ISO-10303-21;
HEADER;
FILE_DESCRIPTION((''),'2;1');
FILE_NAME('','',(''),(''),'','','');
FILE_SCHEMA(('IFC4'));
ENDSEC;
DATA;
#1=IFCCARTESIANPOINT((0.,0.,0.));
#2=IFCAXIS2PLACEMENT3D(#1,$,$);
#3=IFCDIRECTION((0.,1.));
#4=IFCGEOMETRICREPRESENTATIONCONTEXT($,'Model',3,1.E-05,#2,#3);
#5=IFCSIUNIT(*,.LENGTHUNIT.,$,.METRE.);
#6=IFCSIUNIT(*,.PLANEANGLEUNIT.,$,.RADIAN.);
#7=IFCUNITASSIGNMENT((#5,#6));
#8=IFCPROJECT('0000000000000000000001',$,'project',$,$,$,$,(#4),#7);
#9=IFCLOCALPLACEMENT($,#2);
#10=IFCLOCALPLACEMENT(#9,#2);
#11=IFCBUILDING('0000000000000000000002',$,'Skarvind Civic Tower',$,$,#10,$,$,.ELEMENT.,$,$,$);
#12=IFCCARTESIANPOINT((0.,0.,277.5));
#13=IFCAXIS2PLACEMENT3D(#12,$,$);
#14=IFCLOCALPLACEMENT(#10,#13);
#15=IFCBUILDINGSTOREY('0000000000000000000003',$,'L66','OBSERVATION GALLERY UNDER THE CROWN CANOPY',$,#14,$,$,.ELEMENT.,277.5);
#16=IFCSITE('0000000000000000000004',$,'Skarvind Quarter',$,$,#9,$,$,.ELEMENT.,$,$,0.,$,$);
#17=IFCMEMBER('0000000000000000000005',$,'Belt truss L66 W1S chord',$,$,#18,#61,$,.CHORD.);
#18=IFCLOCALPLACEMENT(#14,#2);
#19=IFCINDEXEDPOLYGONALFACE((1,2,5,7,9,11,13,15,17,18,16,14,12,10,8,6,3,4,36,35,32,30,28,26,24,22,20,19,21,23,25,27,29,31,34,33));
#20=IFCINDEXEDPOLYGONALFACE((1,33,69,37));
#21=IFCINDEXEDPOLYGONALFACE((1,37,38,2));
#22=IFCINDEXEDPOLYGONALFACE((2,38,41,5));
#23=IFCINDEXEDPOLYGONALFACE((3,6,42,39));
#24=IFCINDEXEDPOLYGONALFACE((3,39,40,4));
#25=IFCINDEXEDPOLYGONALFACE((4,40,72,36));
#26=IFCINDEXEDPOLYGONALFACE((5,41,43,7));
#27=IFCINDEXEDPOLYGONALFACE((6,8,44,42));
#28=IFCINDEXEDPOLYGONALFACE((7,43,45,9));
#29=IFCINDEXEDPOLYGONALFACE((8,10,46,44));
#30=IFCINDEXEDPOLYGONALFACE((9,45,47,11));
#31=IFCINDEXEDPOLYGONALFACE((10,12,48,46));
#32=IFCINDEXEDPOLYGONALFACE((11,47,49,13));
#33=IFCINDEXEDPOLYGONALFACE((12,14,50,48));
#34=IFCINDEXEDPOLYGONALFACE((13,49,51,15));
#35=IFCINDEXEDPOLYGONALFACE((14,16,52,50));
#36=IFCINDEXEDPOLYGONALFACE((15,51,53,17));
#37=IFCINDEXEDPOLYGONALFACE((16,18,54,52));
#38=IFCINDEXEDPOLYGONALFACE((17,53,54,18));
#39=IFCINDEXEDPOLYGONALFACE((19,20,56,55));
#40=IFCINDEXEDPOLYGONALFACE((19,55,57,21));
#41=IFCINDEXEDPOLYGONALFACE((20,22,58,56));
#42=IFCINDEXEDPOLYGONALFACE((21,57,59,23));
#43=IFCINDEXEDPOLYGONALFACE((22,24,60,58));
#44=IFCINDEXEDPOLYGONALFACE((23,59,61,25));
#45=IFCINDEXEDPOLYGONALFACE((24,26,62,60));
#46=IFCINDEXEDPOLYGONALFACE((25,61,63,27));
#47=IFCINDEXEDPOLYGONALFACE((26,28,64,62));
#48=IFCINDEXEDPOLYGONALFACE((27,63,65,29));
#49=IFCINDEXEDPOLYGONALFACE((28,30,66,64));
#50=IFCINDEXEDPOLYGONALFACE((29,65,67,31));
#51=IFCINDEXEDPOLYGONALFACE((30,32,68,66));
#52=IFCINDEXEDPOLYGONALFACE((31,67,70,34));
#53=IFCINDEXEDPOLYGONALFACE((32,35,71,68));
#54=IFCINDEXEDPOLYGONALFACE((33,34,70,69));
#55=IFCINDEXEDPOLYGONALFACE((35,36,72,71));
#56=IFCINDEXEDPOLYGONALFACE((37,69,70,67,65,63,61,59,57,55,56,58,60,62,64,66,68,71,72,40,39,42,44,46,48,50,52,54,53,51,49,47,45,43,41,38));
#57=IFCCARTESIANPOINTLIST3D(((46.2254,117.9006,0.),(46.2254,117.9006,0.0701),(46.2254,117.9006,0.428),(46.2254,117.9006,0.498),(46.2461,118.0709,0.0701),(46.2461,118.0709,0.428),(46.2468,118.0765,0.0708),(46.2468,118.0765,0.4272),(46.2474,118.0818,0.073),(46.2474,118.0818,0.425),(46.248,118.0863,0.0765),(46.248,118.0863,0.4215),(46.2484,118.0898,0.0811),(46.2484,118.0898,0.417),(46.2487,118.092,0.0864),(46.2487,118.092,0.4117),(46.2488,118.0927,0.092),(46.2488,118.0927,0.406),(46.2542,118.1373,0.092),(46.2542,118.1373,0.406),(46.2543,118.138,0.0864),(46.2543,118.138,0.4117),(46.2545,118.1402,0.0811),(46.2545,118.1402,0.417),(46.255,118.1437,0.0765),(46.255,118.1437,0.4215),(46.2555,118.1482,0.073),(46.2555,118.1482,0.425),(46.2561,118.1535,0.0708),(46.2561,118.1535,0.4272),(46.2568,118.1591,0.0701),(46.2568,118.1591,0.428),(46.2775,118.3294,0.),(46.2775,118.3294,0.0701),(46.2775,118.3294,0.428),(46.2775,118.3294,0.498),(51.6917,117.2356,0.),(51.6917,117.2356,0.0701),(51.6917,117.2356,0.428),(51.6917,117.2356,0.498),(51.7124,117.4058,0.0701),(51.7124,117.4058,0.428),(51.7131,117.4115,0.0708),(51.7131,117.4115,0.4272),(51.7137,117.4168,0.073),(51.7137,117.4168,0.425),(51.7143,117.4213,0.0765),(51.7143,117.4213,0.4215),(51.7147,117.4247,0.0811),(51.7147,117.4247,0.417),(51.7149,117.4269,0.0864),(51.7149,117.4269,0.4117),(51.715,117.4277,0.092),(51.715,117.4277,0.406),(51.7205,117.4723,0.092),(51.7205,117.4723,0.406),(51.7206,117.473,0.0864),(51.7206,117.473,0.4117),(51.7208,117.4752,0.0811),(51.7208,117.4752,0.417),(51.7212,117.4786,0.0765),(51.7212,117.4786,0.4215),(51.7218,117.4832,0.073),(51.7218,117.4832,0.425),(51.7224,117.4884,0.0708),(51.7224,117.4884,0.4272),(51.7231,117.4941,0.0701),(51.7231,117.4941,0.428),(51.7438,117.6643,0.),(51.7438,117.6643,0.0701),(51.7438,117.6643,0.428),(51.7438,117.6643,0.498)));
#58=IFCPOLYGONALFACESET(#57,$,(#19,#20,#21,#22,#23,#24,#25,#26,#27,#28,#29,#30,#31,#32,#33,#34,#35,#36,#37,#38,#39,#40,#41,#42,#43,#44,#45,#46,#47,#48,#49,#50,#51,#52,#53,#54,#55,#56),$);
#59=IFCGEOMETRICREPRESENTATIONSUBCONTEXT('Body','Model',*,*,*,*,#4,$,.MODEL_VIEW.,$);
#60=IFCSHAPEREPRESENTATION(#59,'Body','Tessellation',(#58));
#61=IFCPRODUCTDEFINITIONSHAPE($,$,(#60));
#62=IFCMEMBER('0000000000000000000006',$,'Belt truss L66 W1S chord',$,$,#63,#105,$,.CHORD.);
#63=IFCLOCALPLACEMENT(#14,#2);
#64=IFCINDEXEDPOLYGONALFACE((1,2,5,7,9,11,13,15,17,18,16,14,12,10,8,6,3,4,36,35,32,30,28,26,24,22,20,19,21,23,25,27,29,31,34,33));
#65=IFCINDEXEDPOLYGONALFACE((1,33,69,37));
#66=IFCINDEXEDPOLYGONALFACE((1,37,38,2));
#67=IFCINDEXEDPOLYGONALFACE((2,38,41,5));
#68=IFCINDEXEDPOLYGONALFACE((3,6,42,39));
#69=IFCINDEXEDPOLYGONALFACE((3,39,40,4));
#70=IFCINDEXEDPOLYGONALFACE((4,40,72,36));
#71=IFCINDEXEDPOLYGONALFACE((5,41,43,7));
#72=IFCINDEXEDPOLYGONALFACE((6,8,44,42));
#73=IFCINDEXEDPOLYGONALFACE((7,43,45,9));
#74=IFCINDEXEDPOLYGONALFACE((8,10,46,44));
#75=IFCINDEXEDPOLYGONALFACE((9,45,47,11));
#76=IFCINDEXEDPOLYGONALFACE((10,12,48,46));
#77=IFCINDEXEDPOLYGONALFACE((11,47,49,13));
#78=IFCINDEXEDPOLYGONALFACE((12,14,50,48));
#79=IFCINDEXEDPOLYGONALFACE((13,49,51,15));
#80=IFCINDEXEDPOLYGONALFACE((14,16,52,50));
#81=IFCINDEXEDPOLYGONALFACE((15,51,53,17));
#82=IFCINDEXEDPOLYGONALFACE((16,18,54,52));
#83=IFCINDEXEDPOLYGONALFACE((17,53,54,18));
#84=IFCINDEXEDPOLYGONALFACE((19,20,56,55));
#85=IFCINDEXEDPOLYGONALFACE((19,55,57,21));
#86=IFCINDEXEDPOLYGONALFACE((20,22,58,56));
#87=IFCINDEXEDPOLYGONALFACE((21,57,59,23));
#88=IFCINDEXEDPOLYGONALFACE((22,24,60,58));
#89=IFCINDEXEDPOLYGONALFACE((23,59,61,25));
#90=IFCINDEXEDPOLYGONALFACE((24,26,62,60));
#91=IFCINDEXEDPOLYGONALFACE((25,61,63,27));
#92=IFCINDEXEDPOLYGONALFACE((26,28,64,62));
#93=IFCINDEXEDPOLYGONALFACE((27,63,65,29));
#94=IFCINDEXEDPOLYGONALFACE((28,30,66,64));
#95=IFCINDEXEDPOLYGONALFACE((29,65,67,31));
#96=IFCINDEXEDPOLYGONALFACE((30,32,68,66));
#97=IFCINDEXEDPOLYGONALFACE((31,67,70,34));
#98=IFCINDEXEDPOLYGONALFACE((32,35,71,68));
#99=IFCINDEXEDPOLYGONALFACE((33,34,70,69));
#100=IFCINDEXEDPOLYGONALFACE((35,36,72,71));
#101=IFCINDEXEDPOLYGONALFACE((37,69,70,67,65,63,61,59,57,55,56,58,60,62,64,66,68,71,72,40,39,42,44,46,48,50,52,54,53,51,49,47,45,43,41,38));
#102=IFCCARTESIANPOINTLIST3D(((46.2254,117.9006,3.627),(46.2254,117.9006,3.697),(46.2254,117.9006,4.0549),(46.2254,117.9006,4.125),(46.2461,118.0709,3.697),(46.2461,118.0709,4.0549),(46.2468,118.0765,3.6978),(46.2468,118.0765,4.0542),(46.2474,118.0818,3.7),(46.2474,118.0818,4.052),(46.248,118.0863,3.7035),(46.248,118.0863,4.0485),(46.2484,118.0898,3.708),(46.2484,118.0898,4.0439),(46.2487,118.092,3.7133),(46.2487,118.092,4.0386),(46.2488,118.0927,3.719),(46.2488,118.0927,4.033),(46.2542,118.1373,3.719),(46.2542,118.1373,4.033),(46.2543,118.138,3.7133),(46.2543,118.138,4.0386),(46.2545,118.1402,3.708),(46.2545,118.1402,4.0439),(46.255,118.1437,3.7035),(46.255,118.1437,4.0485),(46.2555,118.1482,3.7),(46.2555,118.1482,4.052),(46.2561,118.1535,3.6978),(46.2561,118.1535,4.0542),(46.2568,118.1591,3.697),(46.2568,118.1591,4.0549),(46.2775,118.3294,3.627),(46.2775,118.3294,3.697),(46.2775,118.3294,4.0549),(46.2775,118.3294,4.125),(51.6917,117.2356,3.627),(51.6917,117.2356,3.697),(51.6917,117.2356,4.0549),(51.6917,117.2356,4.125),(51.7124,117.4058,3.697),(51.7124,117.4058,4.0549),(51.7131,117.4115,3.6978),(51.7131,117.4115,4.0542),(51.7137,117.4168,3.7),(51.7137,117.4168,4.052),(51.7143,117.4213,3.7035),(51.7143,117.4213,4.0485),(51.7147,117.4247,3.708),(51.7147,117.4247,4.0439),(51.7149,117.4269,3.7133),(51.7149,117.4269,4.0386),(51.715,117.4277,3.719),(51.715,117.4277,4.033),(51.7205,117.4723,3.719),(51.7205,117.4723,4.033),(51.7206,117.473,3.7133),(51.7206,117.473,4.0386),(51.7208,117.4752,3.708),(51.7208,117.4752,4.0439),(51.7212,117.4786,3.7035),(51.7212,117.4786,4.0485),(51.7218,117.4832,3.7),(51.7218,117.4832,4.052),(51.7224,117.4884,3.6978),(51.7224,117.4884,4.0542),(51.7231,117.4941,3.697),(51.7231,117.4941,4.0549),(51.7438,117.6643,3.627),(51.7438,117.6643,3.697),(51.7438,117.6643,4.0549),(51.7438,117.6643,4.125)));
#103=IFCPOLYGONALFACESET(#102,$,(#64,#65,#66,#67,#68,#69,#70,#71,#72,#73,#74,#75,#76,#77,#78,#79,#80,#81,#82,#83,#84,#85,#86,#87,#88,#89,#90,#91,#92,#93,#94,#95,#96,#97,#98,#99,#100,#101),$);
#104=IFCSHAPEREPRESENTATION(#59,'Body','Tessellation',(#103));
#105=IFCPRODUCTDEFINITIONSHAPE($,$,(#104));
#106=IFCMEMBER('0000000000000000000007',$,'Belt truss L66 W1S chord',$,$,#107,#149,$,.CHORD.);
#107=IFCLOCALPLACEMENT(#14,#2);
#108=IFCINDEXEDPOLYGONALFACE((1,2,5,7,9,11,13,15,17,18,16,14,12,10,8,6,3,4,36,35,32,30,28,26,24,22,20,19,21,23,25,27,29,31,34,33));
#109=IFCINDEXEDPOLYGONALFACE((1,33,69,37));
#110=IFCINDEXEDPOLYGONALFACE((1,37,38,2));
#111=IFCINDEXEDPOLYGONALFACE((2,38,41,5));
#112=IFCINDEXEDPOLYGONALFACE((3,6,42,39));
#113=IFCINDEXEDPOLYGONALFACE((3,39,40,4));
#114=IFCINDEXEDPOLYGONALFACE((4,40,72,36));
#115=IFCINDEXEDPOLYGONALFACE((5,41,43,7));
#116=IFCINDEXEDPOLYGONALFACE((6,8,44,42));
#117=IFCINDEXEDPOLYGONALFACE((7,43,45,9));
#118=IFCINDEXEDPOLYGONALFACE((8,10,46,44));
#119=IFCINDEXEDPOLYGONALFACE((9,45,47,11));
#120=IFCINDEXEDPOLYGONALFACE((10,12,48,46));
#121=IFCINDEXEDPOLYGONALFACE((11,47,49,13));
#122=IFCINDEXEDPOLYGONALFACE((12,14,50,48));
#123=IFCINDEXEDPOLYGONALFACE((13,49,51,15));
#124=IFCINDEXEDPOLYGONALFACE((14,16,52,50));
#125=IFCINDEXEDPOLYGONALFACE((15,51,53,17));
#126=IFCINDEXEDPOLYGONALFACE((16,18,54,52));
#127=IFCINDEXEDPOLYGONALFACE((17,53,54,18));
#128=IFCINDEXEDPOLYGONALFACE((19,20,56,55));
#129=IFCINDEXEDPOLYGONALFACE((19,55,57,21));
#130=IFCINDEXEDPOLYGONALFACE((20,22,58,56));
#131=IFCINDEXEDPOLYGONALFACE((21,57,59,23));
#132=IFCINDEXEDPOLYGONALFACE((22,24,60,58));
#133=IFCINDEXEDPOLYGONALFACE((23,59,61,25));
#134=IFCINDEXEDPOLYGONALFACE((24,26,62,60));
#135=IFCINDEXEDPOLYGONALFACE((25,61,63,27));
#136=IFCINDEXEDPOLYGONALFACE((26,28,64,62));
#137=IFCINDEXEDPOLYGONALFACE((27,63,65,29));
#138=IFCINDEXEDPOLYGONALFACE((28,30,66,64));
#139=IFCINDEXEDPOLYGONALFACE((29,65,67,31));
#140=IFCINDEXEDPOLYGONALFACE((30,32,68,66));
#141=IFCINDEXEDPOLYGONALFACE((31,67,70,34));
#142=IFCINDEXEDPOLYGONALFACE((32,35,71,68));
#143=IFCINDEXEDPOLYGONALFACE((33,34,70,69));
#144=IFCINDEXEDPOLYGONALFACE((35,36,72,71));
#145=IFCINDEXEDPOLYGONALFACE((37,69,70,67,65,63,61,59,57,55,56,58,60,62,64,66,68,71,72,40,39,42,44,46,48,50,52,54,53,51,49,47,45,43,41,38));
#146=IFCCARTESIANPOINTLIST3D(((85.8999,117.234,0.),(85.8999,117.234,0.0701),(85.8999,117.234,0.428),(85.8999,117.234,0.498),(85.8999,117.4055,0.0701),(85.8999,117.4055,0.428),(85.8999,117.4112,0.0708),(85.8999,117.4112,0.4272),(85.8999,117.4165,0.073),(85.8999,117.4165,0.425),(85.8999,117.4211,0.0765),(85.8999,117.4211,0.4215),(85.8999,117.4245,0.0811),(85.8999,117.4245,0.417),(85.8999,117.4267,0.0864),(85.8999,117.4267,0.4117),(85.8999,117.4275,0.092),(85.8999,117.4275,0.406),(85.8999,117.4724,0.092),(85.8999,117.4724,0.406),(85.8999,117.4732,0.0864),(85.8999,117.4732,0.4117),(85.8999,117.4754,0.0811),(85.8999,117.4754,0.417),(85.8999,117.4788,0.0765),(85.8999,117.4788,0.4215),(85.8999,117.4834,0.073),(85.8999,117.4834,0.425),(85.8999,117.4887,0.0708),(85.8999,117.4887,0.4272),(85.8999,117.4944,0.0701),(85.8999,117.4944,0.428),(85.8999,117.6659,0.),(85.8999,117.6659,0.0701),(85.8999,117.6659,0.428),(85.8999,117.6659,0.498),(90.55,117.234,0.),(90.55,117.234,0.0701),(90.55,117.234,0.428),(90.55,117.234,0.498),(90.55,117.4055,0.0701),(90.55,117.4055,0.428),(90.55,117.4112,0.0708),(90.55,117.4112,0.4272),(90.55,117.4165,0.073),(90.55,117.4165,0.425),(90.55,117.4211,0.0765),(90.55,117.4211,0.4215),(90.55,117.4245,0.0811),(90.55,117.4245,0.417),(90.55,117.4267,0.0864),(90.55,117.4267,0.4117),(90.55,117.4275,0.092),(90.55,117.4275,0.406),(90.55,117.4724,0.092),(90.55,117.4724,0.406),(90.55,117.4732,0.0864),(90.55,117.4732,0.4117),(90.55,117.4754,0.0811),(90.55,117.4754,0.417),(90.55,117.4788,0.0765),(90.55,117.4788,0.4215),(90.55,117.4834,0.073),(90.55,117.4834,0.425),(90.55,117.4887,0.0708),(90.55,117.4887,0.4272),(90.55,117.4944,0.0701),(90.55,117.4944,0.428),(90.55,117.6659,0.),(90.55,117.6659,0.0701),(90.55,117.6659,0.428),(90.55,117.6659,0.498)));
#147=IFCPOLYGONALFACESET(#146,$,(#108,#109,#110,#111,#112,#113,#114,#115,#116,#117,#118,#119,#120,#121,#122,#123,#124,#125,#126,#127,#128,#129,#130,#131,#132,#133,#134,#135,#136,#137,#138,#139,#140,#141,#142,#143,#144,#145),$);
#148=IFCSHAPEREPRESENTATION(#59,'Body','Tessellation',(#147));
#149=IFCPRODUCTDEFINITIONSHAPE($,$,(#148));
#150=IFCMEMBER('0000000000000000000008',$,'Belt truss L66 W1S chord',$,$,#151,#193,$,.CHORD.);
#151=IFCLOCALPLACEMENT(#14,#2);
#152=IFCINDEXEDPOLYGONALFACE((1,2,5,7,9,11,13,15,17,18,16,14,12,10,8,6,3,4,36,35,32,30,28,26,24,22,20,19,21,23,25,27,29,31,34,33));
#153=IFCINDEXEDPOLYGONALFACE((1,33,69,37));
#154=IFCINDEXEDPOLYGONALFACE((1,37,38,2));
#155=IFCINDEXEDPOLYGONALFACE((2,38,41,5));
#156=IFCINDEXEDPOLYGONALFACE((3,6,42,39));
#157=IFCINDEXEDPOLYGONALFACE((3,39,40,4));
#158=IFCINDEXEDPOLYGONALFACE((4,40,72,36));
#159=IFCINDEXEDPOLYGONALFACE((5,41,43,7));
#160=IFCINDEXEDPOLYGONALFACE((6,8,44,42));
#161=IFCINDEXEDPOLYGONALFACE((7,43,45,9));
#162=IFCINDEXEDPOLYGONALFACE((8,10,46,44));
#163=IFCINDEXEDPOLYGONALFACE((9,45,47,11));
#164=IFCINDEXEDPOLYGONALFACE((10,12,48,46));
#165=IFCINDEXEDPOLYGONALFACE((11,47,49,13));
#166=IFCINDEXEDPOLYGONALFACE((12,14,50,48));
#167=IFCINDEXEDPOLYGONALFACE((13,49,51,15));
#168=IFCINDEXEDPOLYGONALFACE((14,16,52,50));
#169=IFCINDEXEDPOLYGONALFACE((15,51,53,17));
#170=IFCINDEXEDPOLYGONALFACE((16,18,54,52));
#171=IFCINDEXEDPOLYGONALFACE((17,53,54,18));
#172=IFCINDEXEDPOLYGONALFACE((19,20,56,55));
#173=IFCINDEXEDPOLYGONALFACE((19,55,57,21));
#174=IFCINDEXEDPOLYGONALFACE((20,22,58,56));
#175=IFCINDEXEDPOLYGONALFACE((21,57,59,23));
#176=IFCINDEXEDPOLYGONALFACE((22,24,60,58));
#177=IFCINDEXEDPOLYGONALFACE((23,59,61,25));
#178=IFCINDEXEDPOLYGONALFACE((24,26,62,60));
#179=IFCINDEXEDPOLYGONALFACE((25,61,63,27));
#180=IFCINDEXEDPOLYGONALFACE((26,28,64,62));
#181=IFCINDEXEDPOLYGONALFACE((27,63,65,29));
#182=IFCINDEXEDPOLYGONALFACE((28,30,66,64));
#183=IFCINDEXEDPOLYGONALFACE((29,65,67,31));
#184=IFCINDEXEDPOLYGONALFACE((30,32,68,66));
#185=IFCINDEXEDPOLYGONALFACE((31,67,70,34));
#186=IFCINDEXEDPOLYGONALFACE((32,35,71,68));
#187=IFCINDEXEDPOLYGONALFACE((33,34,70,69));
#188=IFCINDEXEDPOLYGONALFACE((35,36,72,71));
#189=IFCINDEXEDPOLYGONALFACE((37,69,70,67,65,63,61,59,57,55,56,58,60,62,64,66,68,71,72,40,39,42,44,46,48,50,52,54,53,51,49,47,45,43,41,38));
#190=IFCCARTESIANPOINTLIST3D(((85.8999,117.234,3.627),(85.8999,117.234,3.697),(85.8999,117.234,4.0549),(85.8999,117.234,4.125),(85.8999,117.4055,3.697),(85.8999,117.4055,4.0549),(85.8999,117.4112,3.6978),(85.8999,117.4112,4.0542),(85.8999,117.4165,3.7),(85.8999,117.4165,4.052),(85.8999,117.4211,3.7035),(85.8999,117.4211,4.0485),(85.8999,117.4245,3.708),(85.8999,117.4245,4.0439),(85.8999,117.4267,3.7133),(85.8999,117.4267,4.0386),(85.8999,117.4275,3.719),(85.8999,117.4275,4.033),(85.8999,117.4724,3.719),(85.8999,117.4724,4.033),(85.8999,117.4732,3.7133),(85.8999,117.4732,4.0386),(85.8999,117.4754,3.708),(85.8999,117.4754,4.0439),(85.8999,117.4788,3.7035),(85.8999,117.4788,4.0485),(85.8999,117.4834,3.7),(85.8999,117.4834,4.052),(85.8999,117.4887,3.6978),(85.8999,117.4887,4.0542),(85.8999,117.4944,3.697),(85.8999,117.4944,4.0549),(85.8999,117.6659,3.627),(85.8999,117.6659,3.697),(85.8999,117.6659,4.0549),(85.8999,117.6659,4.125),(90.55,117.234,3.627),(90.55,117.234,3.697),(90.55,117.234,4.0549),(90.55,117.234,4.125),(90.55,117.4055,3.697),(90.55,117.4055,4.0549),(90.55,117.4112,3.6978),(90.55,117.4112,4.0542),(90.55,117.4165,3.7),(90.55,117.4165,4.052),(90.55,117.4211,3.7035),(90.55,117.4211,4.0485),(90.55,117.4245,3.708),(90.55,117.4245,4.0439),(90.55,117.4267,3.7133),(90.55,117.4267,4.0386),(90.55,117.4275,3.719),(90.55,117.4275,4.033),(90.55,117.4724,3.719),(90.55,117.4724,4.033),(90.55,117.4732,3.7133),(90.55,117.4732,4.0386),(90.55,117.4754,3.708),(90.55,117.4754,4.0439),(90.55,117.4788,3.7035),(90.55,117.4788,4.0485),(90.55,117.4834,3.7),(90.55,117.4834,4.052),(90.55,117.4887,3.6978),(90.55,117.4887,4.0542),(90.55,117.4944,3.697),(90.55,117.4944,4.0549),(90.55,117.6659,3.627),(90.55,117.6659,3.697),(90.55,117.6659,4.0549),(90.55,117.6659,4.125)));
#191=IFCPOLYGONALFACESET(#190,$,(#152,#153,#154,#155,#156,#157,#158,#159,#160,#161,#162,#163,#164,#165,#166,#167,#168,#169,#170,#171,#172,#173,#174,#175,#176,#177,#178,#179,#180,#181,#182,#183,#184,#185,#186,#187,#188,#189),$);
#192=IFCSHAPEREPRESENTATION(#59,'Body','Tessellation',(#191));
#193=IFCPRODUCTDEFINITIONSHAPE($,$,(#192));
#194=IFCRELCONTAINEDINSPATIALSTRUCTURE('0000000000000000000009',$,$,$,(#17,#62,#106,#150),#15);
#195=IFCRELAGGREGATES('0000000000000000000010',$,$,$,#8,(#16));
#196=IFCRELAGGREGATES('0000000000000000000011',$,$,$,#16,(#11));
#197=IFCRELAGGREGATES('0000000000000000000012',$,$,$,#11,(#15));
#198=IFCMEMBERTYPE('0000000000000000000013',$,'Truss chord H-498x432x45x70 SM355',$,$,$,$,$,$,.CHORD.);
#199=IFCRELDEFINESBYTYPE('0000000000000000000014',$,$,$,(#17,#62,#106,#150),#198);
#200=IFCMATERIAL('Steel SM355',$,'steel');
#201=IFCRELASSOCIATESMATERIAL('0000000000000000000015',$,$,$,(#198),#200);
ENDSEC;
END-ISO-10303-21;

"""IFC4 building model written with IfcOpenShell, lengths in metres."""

from ifc_helpers import new_model, si_unit, direction, frame, origin, origin_2d, place, context, subcontext, project, spatial, i_section, extrude, material, material_profile, profile_set, type_object, element, save


model = new_model("IFC4")

# Units and contexts
model_context = context("Model", 3, precision=1e-05, world=origin(), true_north=direction((0.0, 1.0)))
body_context = subcontext(model_context, "Body", "Model", "MODEL_VIEW")
ifc_project = project(units=[si_unit("LENGTHUNIT", "METRE"), si_unit("PLANEANGLEUNIT", "RADIAN")], contexts=[model_context])

# Site, building, storey
site_placement = place(None, origin())
site = spatial("IfcSite", under=ifc_project, at=site_placement, Name="Skarvind Quarter", CompositionType="ELEMENT", RefElevation=0.0)
building_placement = place(site_placement, origin())
building = spatial("IfcBuilding", under=site, at=building_placement, Name="Skarvind Civic Tower", CompositionType="ELEMENT")
storey_placement = place(building_placement, frame((0.0, 0.0, 277.5)))
storey = spatial("IfcBuildingStorey", under=building, at=storey_placement, Name="L66", Description="OBSERVATION GALLERY UNDER THE CROWN CANOPY", CompositionType="ELEMENT", Elevation=277.5)

# Members
ifc_material_1 = material(Name="Steel SM355", Category="steel")
ifc_material_profile_1 = material_profile(ifc_material_1, i_section(OverallWidth=0.4319, OverallDepth=0.498, WebThickness=0.0449, FlangeThickness=0.0701, FilletRadius=0.022, at=origin_2d()), Name="H-498x432x45x70")
ifc_profile_set_1 = profile_set([ifc_material_profile_1], Name="Steel SM355")
member_type_1 = type_object("IfcMemberType", Name="Truss chord H-498x432x45x70 SM355", PredefinedType="CHORD", material=ifc_profile_set_1)
for number, where, z_axis, x_axis, name in (
    (1, (46.2515, 118.115, 0.249), (0.99268, -0.120771, 0.0), (0.120771, 0.99268, 0.0), "Belt truss L66 W1S chord"),
    (2, (46.2515, 118.115, 3.876), (0.99268, -0.120771, 0.0), (0.120771, 0.99268, 0.0), "Belt truss L66 W1S chord"),
):
    element("IfcMember", number, at=place(storey_placement, frame(where, z_axis=z_axis, x_axis=x_axis)), inside=storey, type_object=member_type_1, Name=name, PredefinedType="CHORD", context=body_context, shape_type="SweptSolid", body=[
        extrude(i_section(OverallWidth=0.4319, OverallDepth=0.498, WebThickness=0.0449, FlangeThickness=0.0701, FilletRadius=0.022, at=origin_2d()), origin(), (0.0, 0.0, 1.0), 5.5066),
    ])
for number, where, z_axis, x_axis, name in (
    (3, (85.8999, 117.45, 0.249), (1.0, 0.0, 0.0), (0.0, 1.0, 0.0), "Belt truss L66 W1S chord"),
    (4, (85.8999, 117.45, 3.876), (1.0, 0.0, 0.0), (0.0, 1.0, 0.0), "Belt truss L66 W1S chord"),
):
    element("IfcMember", number, at=place(storey_placement, frame(where, z_axis=z_axis, x_axis=x_axis)), inside=storey, type_object=member_type_1, Name=name, PredefinedType="CHORD", context=body_context, shape_type="SweptSolid", body=[
        extrude(i_section(OverallWidth=0.4319, OverallDepth=0.498, WebThickness=0.0449, FlangeThickness=0.0701, FilletRadius=0.022, at=origin_2d()), origin(), (0.0, 0.0, 1.0), 4.6501),
    ])

save(model, "model.ifc")
